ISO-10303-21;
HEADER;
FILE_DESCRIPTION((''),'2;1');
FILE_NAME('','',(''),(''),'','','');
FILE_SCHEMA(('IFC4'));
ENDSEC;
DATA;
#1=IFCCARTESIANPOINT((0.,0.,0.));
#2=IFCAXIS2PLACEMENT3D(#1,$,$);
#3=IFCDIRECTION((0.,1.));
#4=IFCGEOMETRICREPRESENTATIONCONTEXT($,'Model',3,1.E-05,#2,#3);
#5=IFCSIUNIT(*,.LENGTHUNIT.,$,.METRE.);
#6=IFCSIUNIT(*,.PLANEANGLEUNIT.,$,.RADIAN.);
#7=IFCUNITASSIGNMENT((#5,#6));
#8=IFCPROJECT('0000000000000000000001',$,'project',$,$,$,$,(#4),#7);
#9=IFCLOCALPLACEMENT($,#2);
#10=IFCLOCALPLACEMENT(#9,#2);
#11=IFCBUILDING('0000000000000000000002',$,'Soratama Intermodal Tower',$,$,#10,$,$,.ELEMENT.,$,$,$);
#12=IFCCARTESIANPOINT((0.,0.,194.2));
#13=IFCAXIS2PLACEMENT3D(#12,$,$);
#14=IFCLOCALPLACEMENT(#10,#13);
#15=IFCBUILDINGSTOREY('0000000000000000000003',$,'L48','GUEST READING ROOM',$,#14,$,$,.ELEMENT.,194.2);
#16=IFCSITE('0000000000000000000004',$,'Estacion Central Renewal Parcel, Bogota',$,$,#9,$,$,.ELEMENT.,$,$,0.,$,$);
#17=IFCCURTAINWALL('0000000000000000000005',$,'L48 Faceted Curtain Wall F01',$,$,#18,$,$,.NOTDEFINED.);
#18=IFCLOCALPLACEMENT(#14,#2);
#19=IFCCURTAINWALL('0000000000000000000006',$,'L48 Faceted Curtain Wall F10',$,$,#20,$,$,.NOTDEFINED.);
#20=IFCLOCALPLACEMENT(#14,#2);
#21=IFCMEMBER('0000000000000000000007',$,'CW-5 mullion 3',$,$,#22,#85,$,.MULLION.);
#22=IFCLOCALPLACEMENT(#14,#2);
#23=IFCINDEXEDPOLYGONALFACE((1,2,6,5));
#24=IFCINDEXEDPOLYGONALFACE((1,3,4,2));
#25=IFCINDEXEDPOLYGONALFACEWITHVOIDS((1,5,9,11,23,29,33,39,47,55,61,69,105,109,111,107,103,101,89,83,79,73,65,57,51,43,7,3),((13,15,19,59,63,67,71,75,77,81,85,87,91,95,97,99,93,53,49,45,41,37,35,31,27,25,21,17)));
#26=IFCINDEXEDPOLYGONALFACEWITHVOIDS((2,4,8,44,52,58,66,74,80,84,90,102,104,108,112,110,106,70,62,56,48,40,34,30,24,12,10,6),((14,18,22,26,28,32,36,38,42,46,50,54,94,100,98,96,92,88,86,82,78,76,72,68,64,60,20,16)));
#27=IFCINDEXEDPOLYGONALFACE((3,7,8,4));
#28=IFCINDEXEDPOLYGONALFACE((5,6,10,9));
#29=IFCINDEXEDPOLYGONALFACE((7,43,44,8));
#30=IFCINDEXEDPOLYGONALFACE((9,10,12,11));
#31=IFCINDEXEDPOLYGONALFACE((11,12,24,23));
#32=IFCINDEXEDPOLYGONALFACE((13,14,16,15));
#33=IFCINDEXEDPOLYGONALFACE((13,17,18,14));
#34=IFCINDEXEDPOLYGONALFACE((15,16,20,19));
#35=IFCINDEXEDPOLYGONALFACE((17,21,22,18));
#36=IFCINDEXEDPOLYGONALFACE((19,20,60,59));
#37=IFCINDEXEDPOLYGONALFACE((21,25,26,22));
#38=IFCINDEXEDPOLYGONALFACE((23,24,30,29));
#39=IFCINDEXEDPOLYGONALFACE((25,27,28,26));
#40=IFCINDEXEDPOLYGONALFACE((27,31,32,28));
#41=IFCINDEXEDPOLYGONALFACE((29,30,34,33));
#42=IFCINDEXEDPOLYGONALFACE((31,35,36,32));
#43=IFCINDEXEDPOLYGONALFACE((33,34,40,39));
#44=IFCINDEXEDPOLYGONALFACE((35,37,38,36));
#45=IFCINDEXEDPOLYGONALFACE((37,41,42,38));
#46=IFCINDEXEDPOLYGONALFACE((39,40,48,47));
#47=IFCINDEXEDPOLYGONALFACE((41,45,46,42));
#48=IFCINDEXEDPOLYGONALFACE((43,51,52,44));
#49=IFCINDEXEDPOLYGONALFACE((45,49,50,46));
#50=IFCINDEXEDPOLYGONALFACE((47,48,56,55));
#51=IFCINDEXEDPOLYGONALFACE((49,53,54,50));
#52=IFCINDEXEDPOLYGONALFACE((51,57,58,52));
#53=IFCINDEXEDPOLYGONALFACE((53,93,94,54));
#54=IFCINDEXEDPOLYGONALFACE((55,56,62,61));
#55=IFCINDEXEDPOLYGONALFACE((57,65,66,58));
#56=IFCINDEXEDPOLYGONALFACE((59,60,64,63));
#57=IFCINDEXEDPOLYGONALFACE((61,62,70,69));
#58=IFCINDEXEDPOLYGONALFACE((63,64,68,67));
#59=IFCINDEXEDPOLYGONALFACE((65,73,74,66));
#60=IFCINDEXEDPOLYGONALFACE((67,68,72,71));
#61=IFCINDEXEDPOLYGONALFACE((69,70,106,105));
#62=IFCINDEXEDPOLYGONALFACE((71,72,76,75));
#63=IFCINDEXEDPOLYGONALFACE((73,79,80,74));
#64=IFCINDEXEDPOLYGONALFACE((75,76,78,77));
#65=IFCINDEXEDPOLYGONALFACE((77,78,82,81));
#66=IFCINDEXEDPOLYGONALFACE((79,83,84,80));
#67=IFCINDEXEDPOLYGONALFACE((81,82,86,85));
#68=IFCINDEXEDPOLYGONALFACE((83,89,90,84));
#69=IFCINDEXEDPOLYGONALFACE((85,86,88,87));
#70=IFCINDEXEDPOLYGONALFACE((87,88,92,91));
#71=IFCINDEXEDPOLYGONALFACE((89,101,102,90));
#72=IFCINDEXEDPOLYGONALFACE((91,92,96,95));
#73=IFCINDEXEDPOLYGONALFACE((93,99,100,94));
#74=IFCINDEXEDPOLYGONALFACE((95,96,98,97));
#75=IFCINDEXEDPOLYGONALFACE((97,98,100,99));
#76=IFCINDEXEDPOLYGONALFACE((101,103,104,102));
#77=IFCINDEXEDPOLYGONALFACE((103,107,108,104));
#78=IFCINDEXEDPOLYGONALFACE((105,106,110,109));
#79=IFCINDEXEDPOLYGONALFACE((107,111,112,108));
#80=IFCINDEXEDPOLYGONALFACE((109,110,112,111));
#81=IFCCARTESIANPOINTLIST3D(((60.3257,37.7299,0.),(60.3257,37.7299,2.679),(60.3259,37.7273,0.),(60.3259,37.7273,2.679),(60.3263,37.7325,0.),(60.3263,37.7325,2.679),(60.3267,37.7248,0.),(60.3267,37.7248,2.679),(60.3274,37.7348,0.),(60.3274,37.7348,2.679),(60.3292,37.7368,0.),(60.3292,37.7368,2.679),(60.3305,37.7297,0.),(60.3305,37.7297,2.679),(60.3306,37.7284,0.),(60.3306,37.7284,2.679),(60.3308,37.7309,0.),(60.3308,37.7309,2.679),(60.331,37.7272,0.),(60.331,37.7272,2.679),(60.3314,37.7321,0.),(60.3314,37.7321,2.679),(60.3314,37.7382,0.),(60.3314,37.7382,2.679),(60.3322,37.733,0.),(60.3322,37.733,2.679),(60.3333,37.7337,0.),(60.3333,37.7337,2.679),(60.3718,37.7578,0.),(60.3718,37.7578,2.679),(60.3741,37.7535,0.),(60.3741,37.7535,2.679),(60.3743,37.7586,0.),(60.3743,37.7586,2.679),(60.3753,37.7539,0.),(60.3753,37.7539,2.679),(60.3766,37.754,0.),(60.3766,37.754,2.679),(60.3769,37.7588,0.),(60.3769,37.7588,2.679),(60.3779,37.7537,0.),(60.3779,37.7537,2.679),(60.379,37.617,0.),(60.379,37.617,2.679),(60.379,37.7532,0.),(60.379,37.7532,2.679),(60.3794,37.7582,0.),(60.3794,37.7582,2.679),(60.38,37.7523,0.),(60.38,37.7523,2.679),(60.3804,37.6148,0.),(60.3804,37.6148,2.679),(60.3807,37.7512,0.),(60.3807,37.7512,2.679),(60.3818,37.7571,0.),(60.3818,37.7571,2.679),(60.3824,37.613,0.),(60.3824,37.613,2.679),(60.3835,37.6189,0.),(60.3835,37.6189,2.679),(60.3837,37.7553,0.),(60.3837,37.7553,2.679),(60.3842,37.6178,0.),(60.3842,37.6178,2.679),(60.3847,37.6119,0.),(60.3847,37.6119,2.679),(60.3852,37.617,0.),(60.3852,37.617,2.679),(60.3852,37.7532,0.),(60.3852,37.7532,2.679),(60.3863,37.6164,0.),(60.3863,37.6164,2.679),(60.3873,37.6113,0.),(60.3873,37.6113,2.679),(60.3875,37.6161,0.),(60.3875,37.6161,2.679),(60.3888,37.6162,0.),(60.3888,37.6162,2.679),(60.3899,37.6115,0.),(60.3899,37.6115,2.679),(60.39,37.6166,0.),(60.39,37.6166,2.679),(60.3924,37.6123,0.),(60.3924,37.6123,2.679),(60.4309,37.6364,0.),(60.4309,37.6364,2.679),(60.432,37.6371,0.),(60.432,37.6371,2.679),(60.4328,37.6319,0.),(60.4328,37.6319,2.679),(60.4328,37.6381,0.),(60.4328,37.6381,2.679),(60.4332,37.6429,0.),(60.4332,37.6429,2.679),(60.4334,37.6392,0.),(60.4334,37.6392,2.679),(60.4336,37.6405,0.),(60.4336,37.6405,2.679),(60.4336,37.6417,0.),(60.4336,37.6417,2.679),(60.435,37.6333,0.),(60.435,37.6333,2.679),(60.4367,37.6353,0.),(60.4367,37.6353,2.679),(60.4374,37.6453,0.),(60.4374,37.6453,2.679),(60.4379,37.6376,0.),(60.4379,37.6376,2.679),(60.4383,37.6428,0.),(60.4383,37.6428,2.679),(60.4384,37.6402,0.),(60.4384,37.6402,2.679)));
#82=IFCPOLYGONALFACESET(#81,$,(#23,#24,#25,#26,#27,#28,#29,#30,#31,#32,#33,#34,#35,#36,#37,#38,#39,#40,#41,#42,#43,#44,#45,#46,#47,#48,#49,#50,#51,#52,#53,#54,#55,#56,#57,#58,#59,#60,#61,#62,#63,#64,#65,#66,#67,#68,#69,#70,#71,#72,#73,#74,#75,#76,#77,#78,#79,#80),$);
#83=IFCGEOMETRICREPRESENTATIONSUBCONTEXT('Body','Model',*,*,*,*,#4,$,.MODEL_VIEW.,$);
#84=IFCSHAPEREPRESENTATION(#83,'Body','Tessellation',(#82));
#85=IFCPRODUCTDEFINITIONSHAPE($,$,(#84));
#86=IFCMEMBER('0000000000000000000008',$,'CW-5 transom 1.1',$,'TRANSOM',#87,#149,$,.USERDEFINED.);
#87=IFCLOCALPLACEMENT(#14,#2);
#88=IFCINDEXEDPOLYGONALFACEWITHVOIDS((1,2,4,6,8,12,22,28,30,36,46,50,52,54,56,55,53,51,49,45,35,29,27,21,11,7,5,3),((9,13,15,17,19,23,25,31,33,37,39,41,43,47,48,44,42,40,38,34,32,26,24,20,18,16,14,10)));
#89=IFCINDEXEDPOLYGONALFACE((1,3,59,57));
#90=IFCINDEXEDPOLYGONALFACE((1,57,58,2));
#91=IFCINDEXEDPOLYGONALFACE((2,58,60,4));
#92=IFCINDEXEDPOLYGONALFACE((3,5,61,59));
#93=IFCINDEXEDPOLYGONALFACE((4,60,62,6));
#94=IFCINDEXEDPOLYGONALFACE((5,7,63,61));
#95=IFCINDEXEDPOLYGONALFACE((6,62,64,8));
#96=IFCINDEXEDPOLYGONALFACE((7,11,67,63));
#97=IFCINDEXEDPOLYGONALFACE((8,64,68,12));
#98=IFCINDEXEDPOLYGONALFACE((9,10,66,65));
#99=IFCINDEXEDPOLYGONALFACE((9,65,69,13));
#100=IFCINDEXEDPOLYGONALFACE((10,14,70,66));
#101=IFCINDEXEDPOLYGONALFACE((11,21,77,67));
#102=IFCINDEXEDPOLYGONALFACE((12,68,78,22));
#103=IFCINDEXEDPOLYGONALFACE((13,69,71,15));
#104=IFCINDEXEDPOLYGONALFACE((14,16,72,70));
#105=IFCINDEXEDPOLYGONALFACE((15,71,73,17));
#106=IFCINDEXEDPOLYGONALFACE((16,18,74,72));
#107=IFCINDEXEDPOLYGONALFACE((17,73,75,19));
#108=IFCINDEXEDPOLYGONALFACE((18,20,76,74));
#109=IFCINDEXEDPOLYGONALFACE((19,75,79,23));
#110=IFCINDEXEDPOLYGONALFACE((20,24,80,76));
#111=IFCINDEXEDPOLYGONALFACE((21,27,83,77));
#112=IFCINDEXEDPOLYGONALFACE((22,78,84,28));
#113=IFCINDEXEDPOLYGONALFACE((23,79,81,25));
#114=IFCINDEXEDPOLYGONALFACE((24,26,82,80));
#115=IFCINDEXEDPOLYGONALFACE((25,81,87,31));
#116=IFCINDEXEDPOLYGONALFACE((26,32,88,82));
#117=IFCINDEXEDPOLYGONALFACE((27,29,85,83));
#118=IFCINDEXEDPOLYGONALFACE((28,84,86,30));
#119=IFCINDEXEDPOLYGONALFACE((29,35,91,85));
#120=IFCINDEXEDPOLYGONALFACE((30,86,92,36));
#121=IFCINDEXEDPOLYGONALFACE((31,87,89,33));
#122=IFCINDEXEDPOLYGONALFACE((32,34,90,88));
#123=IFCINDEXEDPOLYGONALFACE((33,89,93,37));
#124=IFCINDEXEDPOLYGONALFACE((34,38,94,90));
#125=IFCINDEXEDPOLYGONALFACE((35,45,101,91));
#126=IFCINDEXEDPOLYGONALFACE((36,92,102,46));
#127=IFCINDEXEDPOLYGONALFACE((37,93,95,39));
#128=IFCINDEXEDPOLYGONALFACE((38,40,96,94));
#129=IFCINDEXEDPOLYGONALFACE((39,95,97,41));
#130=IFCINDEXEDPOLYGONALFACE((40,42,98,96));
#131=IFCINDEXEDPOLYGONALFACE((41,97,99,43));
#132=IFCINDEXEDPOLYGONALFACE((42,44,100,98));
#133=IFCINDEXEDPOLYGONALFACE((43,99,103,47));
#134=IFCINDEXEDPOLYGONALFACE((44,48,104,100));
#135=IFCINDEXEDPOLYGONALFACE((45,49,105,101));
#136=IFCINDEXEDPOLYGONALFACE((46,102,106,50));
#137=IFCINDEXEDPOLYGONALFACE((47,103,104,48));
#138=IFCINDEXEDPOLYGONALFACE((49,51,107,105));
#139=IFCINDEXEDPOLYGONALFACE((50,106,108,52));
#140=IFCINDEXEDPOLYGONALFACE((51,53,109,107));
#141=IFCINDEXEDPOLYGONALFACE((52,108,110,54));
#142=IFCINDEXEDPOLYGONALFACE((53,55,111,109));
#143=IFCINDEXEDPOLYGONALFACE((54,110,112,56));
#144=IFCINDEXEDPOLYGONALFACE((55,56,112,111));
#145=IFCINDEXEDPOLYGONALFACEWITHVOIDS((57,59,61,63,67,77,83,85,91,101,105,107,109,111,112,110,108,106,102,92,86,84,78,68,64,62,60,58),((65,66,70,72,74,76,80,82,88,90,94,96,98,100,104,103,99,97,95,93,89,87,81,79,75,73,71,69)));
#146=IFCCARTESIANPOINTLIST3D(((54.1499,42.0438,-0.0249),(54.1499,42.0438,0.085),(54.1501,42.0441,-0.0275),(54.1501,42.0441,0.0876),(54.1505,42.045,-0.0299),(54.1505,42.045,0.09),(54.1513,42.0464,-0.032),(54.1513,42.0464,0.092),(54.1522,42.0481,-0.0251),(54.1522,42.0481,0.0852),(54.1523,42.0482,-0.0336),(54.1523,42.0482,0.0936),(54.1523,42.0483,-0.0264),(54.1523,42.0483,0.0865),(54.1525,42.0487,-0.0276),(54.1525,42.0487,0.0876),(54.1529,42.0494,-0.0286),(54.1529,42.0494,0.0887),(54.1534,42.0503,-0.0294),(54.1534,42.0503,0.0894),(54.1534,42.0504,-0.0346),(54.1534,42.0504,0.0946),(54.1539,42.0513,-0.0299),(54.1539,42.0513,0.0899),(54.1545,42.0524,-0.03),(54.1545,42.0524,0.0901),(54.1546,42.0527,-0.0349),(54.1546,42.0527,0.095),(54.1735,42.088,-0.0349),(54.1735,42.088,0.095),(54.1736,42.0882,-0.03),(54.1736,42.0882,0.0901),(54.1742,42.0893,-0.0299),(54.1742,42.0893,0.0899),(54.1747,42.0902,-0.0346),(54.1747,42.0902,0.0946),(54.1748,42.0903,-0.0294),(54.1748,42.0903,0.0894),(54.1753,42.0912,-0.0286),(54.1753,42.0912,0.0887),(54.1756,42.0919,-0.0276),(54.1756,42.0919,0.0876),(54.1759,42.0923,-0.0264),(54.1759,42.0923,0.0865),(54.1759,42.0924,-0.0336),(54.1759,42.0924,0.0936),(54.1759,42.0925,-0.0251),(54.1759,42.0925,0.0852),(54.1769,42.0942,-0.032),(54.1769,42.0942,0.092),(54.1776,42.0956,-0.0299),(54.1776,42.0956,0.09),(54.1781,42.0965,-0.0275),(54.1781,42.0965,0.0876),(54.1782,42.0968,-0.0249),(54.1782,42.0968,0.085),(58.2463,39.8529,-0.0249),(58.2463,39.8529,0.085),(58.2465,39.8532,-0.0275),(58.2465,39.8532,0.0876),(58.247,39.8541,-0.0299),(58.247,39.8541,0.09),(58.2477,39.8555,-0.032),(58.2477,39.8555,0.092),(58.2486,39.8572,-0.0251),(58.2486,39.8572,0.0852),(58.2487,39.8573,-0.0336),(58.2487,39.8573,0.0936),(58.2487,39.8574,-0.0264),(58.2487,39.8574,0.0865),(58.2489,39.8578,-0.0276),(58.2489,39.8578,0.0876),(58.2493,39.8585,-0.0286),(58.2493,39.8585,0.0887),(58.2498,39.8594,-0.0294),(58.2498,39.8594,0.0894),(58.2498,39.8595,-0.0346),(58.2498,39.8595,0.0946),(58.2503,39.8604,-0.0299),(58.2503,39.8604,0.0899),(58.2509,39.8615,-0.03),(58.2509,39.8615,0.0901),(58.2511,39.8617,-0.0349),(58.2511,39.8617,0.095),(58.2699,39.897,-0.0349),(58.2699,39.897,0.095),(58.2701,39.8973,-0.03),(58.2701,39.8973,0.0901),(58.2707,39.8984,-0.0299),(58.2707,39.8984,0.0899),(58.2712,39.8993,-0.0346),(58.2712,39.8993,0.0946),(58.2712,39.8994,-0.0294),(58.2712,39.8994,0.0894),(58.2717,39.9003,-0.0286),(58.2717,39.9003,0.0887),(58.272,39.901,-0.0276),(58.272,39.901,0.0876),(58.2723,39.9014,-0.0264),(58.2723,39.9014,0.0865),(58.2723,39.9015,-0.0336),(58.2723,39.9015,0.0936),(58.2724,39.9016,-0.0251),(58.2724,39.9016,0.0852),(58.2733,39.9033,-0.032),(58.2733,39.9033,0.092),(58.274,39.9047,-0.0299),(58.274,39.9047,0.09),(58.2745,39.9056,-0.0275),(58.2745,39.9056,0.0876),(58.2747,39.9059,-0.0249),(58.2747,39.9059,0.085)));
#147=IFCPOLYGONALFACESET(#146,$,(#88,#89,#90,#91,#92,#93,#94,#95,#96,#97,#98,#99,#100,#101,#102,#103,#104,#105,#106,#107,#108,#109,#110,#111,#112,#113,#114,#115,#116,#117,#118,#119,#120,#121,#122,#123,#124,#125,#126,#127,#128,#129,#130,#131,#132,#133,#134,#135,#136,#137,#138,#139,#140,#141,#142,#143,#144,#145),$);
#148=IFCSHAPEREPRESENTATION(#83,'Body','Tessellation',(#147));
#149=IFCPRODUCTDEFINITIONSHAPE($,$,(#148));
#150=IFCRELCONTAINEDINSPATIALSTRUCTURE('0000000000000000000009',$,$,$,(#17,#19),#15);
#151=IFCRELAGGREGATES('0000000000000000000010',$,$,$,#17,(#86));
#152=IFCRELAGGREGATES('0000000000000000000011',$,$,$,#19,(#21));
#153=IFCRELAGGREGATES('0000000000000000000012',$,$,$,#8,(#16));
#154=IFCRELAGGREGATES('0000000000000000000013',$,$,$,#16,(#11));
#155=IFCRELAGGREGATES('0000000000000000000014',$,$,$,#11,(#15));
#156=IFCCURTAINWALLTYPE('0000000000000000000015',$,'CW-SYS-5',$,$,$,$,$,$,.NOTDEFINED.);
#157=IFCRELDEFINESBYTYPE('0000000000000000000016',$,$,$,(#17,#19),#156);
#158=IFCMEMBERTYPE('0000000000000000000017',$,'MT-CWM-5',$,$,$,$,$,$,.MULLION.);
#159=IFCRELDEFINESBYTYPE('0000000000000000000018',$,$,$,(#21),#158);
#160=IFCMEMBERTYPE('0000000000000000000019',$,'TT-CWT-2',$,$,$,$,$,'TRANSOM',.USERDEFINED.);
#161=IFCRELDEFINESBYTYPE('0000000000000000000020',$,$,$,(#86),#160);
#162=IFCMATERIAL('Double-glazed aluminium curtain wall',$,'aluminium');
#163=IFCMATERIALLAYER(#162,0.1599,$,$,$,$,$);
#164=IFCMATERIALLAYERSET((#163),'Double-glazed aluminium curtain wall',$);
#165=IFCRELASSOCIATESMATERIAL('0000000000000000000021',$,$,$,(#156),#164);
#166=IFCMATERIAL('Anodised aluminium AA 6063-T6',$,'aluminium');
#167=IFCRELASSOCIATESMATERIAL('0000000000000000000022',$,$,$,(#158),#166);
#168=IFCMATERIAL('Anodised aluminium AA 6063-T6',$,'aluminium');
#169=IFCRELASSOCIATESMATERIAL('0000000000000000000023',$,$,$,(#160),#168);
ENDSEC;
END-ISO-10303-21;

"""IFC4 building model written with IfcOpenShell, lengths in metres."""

from ifc_helpers import new_model, si_unit, direction, frame, origin, origin_2d, place, context, subcontext, project, spatial, hollow_rectangle, extrude, material, layer, layer_set, material_profile, profile_set, type_object, element, aggregate, save


model = new_model("IFC4")

# Units and contexts
model_context = context("Model", 3, precision=1e-05, world=origin(), true_north=direction((0.0, 1.0)))
body_context = subcontext(model_context, "Body", "Model", "MODEL_VIEW")
ifc_project = project(units=[si_unit("LENGTHUNIT", "METRE"), si_unit("PLANEANGLEUNIT", "RADIAN")], contexts=[model_context])

# Site, building, storey
site_placement = place(None, origin())
site = spatial("IfcSite", under=ifc_project, at=site_placement, Name="Estacion Central Renewal Parcel, Bogota", CompositionType="ELEMENT", RefElevation=0.0)
building_placement = place(site_placement, origin())
building = spatial("IfcBuilding", under=site, at=building_placement, Name="Soratama Intermodal Tower", CompositionType="ELEMENT")
storey_placement = place(building_placement, frame((0.0, 0.0, 194.2)))
storey = spatial("IfcBuildingStorey", under=building, at=storey_placement, Name="L48", Description="GUEST READING ROOM", CompositionType="ELEMENT", Elevation=194.2)

# Curtain wall
ifc_material_1 = material(Name="Double-glazed aluminium curtain wall", Category="aluminium")
ifc_layer_1 = layer(ifc_material_1, 0.1599)
ifc_layer_set_1 = layer_set([ifc_layer_1], Name="Double-glazed aluminium curtain wall")
curtain_wall_type = type_object("IfcCurtainWallType", Name="CW-SYS-5", PredefinedType="NOTDEFINED", material=ifc_layer_set_1)
curtain_wall_1_placement = place(storey_placement, origin())
curtain_wall_1 = element("IfcCurtainWall", 1, at=curtain_wall_1_placement, inside=storey, type_object=curtain_wall_type, Name="L48 Faceted Curtain Wall F01", PredefinedType="NOTDEFINED")
ifc_material_2 = material(Name="Anodised aluminium AA 6063-T6", Category="aluminium")
ifc_material_profile_1 = material_profile(ifc_material_2, hollow_rectangle(XDim=0.0649, YDim=0.1399, WallThickness=0.0049, InnerFilletRadius=0.0049, OuterFilletRadius=0.01, at=origin_2d()), Name="CWM140X65X5")
ifc_profile_set_1 = profile_set([ifc_material_profile_1], Name="Anodised aluminium AA 6063-T6")
member_type_1 = type_object("IfcMemberType", Name="MT-CWM-5", PredefinedType="MULLION", material=ifc_profile_set_1)

# Curtain wall, member
curtain_wall_2_placement = place(storey_placement, origin())
curtain_wall_2 = element("IfcCurtainWall", 2, at=curtain_wall_2_placement, inside=storey, type_object=curtain_wall_type, Name="L48 Faceted Curtain Wall F10", PredefinedType="NOTDEFINED")
member_1_placement = place(storey_placement, frame((60.3821, 37.6851, 0.0), z_axis=(0.0, 0.0, 1.0), x_axis=(-0.899867, -0.436165, 0.0)))
member_1 = element("IfcMember", 3, at=member_1_placement, type_object=member_type_1, Name="CW-5 mullion 3", PredefinedType="MULLION", context=body_context, shape_type="SweptSolid", body=[
    extrude(hollow_rectangle(XDim=0.0649, YDim=0.1399, WallThickness=0.0049, InnerFilletRadius=0.0049, OuterFilletRadius=0.01, at=origin_2d()), origin(), (0.0, 0.0, 1.0), 2.679),
])

# Member
ifc_material_3 = material(Name="Anodised aluminium AA 6063-T6", Category="aluminium")
ifc_material_profile_2 = material_profile(ifc_material_3, hollow_rectangle(XDim=0.0601, YDim=0.1299, WallThickness=0.0049, InnerFilletRadius=0.0049, OuterFilletRadius=0.01, at=origin_2d()), Name="CWT130X60X5")
ifc_profile_set_2 = profile_set([ifc_material_profile_2], Name="Anodised aluminium AA 6063-T6")
member_type_2 = type_object("IfcMemberType", Name="TT-CWT-2", ElementType="TRANSOM", PredefinedType="USERDEFINED", material=ifc_profile_set_2)
member_2_placement = place(storey_placement, frame((58.2605, 39.8794, 0.03), z_axis=(-0.881802, 0.471619, 0.0), x_axis=(-0.471619, -0.881802, 0.0)))
member_2 = element("IfcMember", 4, at=member_2_placement, type_object=member_type_2, Name="CW-5 transom 1.1", ObjectType="TRANSOM", PredefinedType="USERDEFINED", context=body_context, shape_type="SweptSolid", body=[
    extrude(hollow_rectangle(XDim=0.0601, YDim=0.1299, WallThickness=0.0049, InnerFilletRadius=0.0049, OuterFilletRadius=0.01, at=origin_2d()), origin(), (0.0, 0.0, 1.0), 4.6455),
])

aggregate(curtain_wall_1, [member_2])
aggregate(curtain_wall_2, [member_1])

save(model, "model.ifc")
